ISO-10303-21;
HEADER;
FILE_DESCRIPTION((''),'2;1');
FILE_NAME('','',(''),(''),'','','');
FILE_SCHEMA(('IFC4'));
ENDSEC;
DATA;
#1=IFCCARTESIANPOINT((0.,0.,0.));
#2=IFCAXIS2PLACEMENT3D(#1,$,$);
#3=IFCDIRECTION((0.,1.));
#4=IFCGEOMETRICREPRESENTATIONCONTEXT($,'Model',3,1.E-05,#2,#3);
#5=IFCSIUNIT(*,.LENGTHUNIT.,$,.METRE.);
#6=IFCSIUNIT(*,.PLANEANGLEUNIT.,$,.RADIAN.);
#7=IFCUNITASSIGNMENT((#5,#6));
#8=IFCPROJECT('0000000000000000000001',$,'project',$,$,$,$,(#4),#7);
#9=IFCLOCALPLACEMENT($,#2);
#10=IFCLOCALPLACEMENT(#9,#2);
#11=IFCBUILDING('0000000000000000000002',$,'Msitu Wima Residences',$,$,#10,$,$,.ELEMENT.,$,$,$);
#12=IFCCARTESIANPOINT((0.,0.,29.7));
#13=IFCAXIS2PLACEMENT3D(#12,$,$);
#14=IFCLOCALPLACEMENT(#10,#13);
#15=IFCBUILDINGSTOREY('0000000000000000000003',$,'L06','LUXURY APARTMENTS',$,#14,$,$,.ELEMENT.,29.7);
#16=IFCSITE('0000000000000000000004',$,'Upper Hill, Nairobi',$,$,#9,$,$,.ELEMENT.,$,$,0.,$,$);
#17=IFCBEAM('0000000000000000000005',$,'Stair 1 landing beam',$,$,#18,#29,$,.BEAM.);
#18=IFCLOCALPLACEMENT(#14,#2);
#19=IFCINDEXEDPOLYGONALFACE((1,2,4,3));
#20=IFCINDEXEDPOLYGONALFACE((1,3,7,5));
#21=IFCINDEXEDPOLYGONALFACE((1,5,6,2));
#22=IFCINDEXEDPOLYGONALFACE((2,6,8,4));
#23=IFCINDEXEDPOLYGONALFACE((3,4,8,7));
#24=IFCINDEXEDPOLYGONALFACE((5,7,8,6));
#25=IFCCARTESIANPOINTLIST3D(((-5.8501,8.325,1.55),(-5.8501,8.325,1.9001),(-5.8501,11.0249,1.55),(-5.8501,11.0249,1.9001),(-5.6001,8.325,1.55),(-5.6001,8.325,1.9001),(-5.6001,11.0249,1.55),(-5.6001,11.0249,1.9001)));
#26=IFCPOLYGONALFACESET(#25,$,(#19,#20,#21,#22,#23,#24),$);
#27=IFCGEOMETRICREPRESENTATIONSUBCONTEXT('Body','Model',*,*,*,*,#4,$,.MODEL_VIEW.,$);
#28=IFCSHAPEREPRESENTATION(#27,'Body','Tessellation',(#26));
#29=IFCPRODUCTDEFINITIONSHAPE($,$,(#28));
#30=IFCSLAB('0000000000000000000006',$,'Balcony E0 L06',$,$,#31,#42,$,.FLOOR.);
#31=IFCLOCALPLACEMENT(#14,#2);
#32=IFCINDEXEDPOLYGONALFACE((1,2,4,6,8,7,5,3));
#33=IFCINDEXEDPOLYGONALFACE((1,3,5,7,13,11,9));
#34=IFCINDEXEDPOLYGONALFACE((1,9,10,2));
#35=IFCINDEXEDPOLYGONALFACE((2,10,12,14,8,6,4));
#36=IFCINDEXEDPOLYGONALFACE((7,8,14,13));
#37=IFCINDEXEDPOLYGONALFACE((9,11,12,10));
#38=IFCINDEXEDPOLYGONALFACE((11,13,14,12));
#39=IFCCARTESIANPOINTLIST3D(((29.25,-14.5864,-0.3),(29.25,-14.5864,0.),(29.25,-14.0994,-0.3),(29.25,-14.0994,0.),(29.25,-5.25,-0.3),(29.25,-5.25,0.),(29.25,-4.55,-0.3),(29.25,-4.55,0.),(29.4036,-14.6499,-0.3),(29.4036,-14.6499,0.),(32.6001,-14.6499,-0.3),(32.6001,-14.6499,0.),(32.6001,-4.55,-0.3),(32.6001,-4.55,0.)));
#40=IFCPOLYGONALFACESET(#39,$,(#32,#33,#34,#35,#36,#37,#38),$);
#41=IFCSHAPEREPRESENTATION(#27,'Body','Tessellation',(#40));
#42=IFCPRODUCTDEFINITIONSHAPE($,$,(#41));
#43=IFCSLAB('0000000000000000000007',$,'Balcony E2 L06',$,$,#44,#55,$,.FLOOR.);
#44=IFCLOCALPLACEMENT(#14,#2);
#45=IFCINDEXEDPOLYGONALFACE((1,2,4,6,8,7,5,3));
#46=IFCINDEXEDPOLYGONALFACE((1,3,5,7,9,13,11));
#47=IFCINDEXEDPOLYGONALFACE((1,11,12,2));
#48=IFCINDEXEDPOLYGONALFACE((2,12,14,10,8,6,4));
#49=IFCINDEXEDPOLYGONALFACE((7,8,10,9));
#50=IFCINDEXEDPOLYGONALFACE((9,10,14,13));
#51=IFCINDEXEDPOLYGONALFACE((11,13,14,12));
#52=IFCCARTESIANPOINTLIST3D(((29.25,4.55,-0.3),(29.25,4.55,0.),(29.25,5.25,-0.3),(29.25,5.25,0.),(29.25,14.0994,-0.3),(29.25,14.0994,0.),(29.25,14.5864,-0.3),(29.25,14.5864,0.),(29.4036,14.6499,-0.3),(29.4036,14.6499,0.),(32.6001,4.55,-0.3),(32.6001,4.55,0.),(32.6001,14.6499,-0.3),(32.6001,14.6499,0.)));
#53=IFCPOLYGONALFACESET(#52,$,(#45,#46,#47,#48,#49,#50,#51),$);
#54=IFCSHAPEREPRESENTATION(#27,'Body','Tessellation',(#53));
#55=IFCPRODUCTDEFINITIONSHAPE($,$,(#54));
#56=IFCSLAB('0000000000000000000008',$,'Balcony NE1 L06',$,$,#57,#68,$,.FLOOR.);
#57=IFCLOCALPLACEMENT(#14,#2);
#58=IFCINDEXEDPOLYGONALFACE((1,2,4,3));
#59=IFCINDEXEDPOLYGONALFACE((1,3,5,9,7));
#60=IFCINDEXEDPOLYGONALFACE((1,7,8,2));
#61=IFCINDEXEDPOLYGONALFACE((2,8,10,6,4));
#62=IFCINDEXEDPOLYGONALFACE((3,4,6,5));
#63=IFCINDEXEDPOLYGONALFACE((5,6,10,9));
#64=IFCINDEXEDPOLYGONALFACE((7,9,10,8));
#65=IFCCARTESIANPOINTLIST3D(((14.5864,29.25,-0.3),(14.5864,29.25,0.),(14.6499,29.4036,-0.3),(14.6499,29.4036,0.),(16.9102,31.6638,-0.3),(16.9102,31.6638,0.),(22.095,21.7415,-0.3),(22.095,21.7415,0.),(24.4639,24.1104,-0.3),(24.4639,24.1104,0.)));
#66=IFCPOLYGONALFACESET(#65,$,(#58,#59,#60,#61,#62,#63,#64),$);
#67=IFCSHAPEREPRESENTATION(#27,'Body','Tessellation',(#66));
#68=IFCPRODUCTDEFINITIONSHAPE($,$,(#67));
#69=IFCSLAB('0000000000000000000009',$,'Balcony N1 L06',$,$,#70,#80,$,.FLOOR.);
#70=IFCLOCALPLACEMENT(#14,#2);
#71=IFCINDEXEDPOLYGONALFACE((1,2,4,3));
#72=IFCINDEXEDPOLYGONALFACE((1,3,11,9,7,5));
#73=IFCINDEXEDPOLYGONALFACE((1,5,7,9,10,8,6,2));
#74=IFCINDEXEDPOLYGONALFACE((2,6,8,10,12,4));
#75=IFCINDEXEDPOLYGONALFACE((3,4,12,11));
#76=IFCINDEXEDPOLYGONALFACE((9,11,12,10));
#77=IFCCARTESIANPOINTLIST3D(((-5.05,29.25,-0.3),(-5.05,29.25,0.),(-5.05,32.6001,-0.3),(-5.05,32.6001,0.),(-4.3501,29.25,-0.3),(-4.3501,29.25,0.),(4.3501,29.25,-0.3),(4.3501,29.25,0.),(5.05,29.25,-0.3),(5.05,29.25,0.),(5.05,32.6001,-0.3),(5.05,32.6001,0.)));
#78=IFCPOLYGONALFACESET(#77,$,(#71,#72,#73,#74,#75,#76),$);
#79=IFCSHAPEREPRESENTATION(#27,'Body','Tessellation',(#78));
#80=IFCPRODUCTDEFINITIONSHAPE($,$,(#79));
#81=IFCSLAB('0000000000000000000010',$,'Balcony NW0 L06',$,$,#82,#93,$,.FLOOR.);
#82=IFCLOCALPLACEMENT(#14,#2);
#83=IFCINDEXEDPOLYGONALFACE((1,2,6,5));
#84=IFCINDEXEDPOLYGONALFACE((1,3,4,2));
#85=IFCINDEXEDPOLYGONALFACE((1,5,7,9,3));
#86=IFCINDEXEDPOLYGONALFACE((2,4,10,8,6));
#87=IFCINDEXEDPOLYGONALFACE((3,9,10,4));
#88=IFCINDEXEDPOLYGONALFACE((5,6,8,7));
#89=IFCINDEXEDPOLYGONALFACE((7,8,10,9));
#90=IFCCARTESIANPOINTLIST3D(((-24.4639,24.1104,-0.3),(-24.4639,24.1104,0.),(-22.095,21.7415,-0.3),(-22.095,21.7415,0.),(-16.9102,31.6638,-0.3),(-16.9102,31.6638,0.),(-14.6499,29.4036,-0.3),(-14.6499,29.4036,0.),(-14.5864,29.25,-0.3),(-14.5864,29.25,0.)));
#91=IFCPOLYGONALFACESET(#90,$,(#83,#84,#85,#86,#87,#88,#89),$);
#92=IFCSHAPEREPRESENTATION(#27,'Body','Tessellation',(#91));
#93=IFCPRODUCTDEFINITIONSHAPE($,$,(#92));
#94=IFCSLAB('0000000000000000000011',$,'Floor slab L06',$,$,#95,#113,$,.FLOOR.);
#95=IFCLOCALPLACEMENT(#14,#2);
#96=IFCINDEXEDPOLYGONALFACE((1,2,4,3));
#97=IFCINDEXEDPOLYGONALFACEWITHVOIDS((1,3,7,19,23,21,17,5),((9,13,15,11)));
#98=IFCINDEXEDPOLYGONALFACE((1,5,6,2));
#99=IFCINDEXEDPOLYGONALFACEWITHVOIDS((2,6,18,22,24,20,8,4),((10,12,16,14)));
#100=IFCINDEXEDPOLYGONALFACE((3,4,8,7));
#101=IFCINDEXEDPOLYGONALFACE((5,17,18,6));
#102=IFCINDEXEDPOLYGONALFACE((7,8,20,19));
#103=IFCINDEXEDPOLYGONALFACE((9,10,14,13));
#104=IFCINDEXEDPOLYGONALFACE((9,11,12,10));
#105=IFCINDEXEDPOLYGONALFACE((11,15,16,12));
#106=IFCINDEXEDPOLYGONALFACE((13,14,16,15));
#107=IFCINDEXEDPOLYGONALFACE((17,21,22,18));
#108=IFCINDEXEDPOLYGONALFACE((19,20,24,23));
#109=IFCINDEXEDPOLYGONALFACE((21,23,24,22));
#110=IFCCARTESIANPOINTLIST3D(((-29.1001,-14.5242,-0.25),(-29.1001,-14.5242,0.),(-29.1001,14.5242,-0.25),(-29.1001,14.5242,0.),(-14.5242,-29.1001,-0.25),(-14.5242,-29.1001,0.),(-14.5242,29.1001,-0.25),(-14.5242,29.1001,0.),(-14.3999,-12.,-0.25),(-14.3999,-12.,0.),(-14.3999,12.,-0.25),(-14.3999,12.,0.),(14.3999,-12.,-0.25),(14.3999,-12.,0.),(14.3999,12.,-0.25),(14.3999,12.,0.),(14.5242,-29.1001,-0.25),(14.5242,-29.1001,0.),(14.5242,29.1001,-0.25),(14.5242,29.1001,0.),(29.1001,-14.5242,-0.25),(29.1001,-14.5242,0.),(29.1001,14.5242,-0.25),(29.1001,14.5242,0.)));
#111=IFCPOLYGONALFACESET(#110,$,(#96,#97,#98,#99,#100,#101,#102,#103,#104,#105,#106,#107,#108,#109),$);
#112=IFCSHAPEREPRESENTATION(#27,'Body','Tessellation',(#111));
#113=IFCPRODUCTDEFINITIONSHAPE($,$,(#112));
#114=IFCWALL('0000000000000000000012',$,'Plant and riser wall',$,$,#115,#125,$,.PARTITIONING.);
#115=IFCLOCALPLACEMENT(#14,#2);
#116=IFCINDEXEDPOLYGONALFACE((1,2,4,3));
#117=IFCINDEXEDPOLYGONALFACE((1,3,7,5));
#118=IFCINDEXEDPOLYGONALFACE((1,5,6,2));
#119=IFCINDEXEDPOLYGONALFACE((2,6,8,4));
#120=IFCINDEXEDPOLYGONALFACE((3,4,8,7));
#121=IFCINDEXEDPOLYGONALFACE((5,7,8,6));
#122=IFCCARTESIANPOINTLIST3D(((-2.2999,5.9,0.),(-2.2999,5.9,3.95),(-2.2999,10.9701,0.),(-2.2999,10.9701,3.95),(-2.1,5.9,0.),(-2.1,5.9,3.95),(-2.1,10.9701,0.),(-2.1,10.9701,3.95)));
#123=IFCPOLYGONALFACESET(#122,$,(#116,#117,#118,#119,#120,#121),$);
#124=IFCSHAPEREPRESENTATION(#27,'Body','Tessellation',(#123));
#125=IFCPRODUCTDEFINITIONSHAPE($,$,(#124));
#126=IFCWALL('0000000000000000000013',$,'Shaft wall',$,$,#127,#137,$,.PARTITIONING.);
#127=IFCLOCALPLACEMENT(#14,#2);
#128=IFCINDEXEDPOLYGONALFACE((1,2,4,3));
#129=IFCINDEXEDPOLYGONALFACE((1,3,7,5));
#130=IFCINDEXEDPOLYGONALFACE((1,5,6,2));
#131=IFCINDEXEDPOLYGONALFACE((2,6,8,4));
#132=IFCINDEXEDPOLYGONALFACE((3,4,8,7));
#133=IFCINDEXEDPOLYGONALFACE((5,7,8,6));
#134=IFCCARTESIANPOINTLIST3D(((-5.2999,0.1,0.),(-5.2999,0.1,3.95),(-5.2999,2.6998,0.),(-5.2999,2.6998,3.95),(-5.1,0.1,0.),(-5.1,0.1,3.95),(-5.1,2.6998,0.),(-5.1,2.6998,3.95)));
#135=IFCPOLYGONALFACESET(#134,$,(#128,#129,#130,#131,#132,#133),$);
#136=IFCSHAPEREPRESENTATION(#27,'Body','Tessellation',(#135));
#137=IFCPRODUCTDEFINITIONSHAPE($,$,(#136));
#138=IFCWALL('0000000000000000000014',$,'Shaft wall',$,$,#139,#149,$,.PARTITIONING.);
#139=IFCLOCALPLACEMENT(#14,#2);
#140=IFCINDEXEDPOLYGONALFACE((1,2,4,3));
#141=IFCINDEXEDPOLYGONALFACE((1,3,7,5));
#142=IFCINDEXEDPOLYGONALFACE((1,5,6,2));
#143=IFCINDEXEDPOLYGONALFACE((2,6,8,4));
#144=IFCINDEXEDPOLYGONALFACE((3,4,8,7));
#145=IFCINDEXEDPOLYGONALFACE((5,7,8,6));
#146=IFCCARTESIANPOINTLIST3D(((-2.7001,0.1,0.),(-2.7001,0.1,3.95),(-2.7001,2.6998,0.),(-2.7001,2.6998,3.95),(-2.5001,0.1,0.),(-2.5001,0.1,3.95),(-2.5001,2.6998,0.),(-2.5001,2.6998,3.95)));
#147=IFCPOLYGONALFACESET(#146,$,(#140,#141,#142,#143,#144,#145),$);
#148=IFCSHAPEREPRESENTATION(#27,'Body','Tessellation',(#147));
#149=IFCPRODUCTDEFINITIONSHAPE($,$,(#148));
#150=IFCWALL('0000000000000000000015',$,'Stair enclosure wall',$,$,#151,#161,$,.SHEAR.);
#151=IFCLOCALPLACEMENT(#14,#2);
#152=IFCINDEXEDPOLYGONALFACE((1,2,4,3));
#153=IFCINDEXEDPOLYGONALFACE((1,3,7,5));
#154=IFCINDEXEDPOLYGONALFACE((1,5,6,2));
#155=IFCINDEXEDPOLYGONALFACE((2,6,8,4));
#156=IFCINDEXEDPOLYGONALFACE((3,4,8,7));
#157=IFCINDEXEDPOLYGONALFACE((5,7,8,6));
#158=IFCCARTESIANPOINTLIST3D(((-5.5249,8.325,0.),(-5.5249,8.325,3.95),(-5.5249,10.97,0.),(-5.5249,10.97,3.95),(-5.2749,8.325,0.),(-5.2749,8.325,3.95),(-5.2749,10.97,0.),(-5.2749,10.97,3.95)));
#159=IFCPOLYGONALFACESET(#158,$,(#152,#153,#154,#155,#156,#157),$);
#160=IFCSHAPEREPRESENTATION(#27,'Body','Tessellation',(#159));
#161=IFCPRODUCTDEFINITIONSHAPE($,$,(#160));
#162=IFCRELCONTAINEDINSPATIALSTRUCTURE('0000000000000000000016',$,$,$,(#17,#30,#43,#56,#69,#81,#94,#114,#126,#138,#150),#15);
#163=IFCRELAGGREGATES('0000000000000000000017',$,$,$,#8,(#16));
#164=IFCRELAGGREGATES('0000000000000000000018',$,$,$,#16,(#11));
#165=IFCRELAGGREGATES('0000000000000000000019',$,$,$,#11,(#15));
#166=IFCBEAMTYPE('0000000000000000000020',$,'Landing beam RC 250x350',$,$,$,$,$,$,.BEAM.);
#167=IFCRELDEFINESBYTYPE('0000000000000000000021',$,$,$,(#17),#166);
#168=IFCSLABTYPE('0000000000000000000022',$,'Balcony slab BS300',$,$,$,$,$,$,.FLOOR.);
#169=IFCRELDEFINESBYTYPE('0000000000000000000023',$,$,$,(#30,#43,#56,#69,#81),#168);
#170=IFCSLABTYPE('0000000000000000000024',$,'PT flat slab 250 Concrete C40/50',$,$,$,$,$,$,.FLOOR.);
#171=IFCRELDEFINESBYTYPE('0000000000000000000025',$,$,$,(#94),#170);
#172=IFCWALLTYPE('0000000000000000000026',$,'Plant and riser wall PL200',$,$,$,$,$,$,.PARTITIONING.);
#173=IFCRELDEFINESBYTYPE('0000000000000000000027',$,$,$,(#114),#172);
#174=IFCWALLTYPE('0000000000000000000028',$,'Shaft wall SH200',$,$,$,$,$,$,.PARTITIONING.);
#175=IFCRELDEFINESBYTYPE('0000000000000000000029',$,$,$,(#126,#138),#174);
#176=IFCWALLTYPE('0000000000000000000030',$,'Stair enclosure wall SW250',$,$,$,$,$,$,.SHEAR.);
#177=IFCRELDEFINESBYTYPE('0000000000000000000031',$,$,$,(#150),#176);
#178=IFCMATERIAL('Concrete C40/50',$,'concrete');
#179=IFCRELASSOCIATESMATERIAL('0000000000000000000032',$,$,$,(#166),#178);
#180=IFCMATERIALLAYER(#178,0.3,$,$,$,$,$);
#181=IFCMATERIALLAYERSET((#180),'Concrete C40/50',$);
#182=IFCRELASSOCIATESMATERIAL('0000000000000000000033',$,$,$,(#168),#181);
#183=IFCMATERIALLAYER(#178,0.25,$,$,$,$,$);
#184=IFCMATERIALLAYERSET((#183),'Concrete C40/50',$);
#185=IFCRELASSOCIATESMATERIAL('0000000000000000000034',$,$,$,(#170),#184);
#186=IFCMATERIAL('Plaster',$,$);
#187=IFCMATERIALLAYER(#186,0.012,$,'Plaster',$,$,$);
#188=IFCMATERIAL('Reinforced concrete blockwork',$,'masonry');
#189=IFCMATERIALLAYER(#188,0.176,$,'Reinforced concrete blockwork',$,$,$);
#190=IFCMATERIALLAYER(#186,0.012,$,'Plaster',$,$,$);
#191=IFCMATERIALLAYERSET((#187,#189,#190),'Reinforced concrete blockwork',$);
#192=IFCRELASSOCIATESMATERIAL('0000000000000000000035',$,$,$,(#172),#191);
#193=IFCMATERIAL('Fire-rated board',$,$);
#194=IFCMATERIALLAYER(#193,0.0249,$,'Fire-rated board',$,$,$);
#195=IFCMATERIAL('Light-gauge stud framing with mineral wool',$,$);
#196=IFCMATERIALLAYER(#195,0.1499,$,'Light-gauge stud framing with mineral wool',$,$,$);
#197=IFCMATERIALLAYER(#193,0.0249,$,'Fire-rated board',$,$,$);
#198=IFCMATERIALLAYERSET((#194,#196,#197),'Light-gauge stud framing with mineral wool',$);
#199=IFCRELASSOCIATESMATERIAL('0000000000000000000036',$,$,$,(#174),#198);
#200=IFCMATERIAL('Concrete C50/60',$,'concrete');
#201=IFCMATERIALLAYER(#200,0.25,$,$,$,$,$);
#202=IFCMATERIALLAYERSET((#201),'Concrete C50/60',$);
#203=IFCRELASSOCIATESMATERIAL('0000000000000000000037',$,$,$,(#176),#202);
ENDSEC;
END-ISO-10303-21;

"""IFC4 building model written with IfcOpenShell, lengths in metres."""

from ifc_helpers import new_model, si_unit, direction, frame, frame_2d, origin, origin_2d, place, context, subcontext, project, spatial, polyline, rectangle, outline, extrude, material, layer, layer_set, material_profile, profile_set, type_object, element, save


model = new_model("IFC4")

# Units and contexts
model_context = context("Model", 3, precision=1e-05, world=origin(), true_north=direction((0.0, 1.0)))
body_context = subcontext(model_context, "Body", "Model", "MODEL_VIEW")
ifc_project = project(units=[si_unit("LENGTHUNIT", "METRE"), si_unit("PLANEANGLEUNIT", "RADIAN")], contexts=[model_context])

# Site, building, storey
site_placement = place(None, origin())
site = spatial("IfcSite", under=ifc_project, at=site_placement, Name="Upper Hill, Nairobi", CompositionType="ELEMENT", RefElevation=0.0)
building_placement = place(site_placement, origin())
building = spatial("IfcBuilding", under=site, at=building_placement, Name="Msitu Wima Residences", CompositionType="ELEMENT")
storey_placement = place(building_placement, frame((0.0, 0.0, 29.7)))
storey = spatial("IfcBuildingStorey", under=building, at=storey_placement, Name="L06", Description="LUXURY APARTMENTS", CompositionType="ELEMENT", Elevation=29.7)

# Beam
ifc_material_1 = material(Name="Concrete C40/50", Category="concrete")
ifc_material_profile = material_profile(ifc_material_1, rectangle(XDim=0.25, YDim=0.3501, at=origin_2d()), Name="RC 250x350")
ifc_profile_set = profile_set([ifc_material_profile], Name="Concrete C40/50")
beam_type = type_object("IfcBeamType", Name="Landing beam RC 250x350", PredefinedType="BEAM", material=ifc_profile_set)
beam_placement = place(storey_placement, frame((-5.7251, 8.325, 1.7251), z_axis=(0.0, 1.0, 0.0), x_axis=(-1.0, 0.0, 0.0)))
element("IfcBeam", 1, at=beam_placement, inside=storey, type_object=beam_type, Name="Stair 1 landing beam", PredefinedType="BEAM", context=body_context, shape_type="SweptSolid", body=[
    extrude(rectangle(XDim=0.25, YDim=0.3501, at=origin_2d()), origin(), (0.0, 0.0, 1.0), 2.7),
])

# Slabs
ifc_layer_1 = layer(ifc_material_1, 0.3)
ifc_layer_set_1 = layer_set([ifc_layer_1], Name="Concrete C40/50")
slab_type_1 = type_object("IfcSlabType", Name="Balcony slab BS300", PredefinedType="FLOOR", material=ifc_layer_set_1)
slab_1_placement = place(storey_placement, frame((0.0, 0.0, -0.3)))
element("IfcSlab", 2, at=slab_1_placement, inside=storey, type_object=slab_type_1, Name="Balcony E0 L06", PredefinedType="FLOOR", context=body_context, shape_type="SweptSolid", body=[
    extrude(outline(polyline([(29.25, -14.0994), (29.25, -14.0994), (29.25, -5.25), (29.25, -4.55), (32.6001, -4.55), (32.6001, -14.6499), (29.4036, -14.6499), (29.25, -14.5864), (29.25, -14.0994), (29.25, -14.0994)])), origin(), (0.0, 0.0, 1.0), 0.3),
])
slab_2_placement = place(storey_placement, frame((0.0, 0.0, -0.3)))
element("IfcSlab", 3, at=slab_2_placement, inside=storey, type_object=slab_type_1, Name="Balcony E2 L06", PredefinedType="FLOOR", context=body_context, shape_type="SweptSolid", body=[
    extrude(outline(polyline([(29.25, 14.0994), (29.25, 14.0994), (29.25, 14.0994), (29.25, 14.5864), (29.4036, 14.6499), (32.6001, 14.6499), (32.6001, 4.55), (29.25, 4.55), (29.25, 5.25), (29.25, 14.0994)])), origin(), (0.0, 0.0, 1.0), 0.3),
])
slab_3_placement = place(storey_placement, frame((0.0, 0.0, -0.3)))
element("IfcSlab", 4, at=slab_3_placement, inside=storey, type_object=slab_type_1, Name="Balcony NE1 L06", PredefinedType="FLOOR", context=body_context, shape_type="SweptSolid", body=[
    extrude(outline(polyline([(16.9102, 31.6638), (24.4639, 24.1104), (22.095, 21.7415), (14.5864, 29.25), (14.6499, 29.4036), (16.9102, 31.6638)])), origin(), (0.0, 0.0, 1.0), 0.3),
])
slab_4_placement = place(storey_placement, frame((0.0, 0.0, -0.3)))
element("IfcSlab", 5, at=slab_4_placement, inside=storey, type_object=slab_type_1, Name="Balcony N1 L06", PredefinedType="FLOOR", context=body_context, shape_type="SweptSolid", body=[
    extrude(outline(polyline([(4.3501, 29.25), (-4.3501, 29.25), (-5.05, 29.25), (-5.05, 32.6001), (5.05, 32.6001), (5.05, 29.25), (4.3501, 29.25)])), origin(), (0.0, 0.0, 1.0), 0.3),
])
slab_5_placement = place(storey_placement, frame((0.0, 0.0, -0.3)))
element("IfcSlab", 6, at=slab_5_placement, inside=storey, type_object=slab_type_1, Name="Balcony NW0 L06", PredefinedType="FLOOR", context=body_context, shape_type="SweptSolid", body=[
    extrude(outline(polyline([(-24.4639, 24.1104), (-16.9102, 31.6638), (-14.6499, 29.4036), (-14.5864, 29.25), (-22.095, 21.7415), (-24.4639, 24.1104)])), origin(), (0.0, 0.0, 1.0), 0.3),
])
ifc_layer_2 = layer(ifc_material_1, 0.25)
ifc_layer_set_2 = layer_set([ifc_layer_2], Name="Concrete C40/50")
slab_type_2 = type_object("IfcSlabType", Name="PT flat slab 250 Concrete C40/50", PredefinedType="FLOOR", material=ifc_layer_set_2)
slab_6_placement = place(storey_placement, frame((0.0, 0.0, -0.25)))
element("IfcSlab", 7, at=slab_6_placement, inside=storey, type_object=slab_type_2, Name="Floor slab L06", PredefinedType="FLOOR", context=body_context, shape_type="SweptSolid", body=[
    extrude(outline(polyline([(29.1001, -14.5242), (14.5242, -29.1001), (-14.5242, -29.1001), (-29.1001, -14.5242), (-29.1001, 14.5242), (-14.5242, 29.1001), (14.5242, 29.1001), (29.1001, 14.5242), (29.1001, -14.5242)]), holes=[polyline([(-14.3999, -12.0), (14.3999, -12.0), (14.3999, 12.0), (-14.3999, 12.0), (-14.3999, -12.0)])]), origin(), (0.0, 0.0, 1.0), 0.25),
])

# Walls
ifc_material_2 = material(Name="Plaster")
ifc_layer_3 = layer(ifc_material_2, 0.012, Name="Plaster")
ifc_material_3 = material(Name="Reinforced concrete blockwork", Category="masonry")
ifc_layer_4 = layer(ifc_material_3, 0.176, Name="Reinforced concrete blockwork")
ifc_layer_5 = layer(ifc_material_2, 0.012, Name="Plaster")
ifc_layer_set_3 = layer_set([ifc_layer_3, ifc_layer_4, ifc_layer_5], Name="Reinforced concrete blockwork")
wall_type_1 = type_object("IfcWallType", Name="Plant and riser wall PL200", PredefinedType="PARTITIONING", material=ifc_layer_set_3)
wall_1_placement = place(storey_placement, frame((-2.2, 5.8999, 0.0), z_axis=(0.0, 0.0, 1.0), x_axis=(0.0, 1.0, 0.0)))
element("IfcWall", 8, at=wall_1_placement, inside=storey, type_object=wall_type_1, Name="Plant and riser wall", PredefinedType="PARTITIONING", context=body_context, shape_type="SweptSolid", body=[
    extrude(rectangle(XDim=5.0701, YDim=0.2, at=frame_2d((2.5352, 0.0))), origin(), (0.0, 0.0, 1.0), 3.95),
])
ifc_material_4 = material(Name="Fire-rated board")
ifc_layer_6 = layer(ifc_material_4, 0.0249, Name="Fire-rated board")
ifc_material_5 = material(Name="Light-gauge stud framing with mineral wool")
ifc_layer_7 = layer(ifc_material_5, 0.1499, Name="Light-gauge stud framing with mineral wool")
ifc_layer_8 = layer(ifc_material_4, 0.0249, Name="Fire-rated board")
ifc_layer_set_4 = layer_set([ifc_layer_6, ifc_layer_7, ifc_layer_8], Name="Light-gauge stud framing with mineral wool")
wall_type_2 = type_object("IfcWallType", Name="Shaft wall SH200", PredefinedType="PARTITIONING", material=ifc_layer_set_4)
for number, where, z_axis, x_axis, name in (
    (9, (-5.2, 0.1001, 0.0), (0.0, 0.0, 1.0), (0.0, 1.0, 0.0), "Shaft wall"),
    (10, (-2.6001, 0.1001, 0.0), (0.0, 0.0, 1.0), (0.0, 1.0, 0.0), "Shaft wall"),
):
    element("IfcWall", number, at=place(storey_placement, frame(where, z_axis=z_axis, x_axis=x_axis)), inside=storey, type_object=wall_type_2, Name=name, PredefinedType="PARTITIONING", context=body_context, shape_type="SweptSolid", body=[
        extrude(rectangle(XDim=2.5999, YDim=0.2, at=frame_2d((1.2998, 0.0))), origin(), (0.0, 0.0, 1.0), 3.95),
    ])
ifc_material_6 = material(Name="Concrete C50/60", Category="concrete")
ifc_layer_9 = layer(ifc_material_6, 0.25)
ifc_layer_set_5 = layer_set([ifc_layer_9], Name="Concrete C50/60")
wall_type_3 = type_object("IfcWallType", Name="Stair enclosure wall SW250", PredefinedType="SHEAR", material=ifc_layer_set_5)
wall_2_placement = place(storey_placement, frame((-5.3999, 8.325, 0.0), z_axis=(0.0, 0.0, 1.0), x_axis=(0.0, 1.0, 0.0)))
element("IfcWall", 11, at=wall_2_placement, inside=storey, type_object=wall_type_3, Name="Stair enclosure wall", PredefinedType="SHEAR", context=body_context, shape_type="SweptSolid", body=[
    extrude(rectangle(XDim=2.645, YDim=0.25, at=frame_2d((1.3225, 0.0))), origin(), (0.0, 0.0, 1.0), 3.95),
])

save(model, "model.ifc")
